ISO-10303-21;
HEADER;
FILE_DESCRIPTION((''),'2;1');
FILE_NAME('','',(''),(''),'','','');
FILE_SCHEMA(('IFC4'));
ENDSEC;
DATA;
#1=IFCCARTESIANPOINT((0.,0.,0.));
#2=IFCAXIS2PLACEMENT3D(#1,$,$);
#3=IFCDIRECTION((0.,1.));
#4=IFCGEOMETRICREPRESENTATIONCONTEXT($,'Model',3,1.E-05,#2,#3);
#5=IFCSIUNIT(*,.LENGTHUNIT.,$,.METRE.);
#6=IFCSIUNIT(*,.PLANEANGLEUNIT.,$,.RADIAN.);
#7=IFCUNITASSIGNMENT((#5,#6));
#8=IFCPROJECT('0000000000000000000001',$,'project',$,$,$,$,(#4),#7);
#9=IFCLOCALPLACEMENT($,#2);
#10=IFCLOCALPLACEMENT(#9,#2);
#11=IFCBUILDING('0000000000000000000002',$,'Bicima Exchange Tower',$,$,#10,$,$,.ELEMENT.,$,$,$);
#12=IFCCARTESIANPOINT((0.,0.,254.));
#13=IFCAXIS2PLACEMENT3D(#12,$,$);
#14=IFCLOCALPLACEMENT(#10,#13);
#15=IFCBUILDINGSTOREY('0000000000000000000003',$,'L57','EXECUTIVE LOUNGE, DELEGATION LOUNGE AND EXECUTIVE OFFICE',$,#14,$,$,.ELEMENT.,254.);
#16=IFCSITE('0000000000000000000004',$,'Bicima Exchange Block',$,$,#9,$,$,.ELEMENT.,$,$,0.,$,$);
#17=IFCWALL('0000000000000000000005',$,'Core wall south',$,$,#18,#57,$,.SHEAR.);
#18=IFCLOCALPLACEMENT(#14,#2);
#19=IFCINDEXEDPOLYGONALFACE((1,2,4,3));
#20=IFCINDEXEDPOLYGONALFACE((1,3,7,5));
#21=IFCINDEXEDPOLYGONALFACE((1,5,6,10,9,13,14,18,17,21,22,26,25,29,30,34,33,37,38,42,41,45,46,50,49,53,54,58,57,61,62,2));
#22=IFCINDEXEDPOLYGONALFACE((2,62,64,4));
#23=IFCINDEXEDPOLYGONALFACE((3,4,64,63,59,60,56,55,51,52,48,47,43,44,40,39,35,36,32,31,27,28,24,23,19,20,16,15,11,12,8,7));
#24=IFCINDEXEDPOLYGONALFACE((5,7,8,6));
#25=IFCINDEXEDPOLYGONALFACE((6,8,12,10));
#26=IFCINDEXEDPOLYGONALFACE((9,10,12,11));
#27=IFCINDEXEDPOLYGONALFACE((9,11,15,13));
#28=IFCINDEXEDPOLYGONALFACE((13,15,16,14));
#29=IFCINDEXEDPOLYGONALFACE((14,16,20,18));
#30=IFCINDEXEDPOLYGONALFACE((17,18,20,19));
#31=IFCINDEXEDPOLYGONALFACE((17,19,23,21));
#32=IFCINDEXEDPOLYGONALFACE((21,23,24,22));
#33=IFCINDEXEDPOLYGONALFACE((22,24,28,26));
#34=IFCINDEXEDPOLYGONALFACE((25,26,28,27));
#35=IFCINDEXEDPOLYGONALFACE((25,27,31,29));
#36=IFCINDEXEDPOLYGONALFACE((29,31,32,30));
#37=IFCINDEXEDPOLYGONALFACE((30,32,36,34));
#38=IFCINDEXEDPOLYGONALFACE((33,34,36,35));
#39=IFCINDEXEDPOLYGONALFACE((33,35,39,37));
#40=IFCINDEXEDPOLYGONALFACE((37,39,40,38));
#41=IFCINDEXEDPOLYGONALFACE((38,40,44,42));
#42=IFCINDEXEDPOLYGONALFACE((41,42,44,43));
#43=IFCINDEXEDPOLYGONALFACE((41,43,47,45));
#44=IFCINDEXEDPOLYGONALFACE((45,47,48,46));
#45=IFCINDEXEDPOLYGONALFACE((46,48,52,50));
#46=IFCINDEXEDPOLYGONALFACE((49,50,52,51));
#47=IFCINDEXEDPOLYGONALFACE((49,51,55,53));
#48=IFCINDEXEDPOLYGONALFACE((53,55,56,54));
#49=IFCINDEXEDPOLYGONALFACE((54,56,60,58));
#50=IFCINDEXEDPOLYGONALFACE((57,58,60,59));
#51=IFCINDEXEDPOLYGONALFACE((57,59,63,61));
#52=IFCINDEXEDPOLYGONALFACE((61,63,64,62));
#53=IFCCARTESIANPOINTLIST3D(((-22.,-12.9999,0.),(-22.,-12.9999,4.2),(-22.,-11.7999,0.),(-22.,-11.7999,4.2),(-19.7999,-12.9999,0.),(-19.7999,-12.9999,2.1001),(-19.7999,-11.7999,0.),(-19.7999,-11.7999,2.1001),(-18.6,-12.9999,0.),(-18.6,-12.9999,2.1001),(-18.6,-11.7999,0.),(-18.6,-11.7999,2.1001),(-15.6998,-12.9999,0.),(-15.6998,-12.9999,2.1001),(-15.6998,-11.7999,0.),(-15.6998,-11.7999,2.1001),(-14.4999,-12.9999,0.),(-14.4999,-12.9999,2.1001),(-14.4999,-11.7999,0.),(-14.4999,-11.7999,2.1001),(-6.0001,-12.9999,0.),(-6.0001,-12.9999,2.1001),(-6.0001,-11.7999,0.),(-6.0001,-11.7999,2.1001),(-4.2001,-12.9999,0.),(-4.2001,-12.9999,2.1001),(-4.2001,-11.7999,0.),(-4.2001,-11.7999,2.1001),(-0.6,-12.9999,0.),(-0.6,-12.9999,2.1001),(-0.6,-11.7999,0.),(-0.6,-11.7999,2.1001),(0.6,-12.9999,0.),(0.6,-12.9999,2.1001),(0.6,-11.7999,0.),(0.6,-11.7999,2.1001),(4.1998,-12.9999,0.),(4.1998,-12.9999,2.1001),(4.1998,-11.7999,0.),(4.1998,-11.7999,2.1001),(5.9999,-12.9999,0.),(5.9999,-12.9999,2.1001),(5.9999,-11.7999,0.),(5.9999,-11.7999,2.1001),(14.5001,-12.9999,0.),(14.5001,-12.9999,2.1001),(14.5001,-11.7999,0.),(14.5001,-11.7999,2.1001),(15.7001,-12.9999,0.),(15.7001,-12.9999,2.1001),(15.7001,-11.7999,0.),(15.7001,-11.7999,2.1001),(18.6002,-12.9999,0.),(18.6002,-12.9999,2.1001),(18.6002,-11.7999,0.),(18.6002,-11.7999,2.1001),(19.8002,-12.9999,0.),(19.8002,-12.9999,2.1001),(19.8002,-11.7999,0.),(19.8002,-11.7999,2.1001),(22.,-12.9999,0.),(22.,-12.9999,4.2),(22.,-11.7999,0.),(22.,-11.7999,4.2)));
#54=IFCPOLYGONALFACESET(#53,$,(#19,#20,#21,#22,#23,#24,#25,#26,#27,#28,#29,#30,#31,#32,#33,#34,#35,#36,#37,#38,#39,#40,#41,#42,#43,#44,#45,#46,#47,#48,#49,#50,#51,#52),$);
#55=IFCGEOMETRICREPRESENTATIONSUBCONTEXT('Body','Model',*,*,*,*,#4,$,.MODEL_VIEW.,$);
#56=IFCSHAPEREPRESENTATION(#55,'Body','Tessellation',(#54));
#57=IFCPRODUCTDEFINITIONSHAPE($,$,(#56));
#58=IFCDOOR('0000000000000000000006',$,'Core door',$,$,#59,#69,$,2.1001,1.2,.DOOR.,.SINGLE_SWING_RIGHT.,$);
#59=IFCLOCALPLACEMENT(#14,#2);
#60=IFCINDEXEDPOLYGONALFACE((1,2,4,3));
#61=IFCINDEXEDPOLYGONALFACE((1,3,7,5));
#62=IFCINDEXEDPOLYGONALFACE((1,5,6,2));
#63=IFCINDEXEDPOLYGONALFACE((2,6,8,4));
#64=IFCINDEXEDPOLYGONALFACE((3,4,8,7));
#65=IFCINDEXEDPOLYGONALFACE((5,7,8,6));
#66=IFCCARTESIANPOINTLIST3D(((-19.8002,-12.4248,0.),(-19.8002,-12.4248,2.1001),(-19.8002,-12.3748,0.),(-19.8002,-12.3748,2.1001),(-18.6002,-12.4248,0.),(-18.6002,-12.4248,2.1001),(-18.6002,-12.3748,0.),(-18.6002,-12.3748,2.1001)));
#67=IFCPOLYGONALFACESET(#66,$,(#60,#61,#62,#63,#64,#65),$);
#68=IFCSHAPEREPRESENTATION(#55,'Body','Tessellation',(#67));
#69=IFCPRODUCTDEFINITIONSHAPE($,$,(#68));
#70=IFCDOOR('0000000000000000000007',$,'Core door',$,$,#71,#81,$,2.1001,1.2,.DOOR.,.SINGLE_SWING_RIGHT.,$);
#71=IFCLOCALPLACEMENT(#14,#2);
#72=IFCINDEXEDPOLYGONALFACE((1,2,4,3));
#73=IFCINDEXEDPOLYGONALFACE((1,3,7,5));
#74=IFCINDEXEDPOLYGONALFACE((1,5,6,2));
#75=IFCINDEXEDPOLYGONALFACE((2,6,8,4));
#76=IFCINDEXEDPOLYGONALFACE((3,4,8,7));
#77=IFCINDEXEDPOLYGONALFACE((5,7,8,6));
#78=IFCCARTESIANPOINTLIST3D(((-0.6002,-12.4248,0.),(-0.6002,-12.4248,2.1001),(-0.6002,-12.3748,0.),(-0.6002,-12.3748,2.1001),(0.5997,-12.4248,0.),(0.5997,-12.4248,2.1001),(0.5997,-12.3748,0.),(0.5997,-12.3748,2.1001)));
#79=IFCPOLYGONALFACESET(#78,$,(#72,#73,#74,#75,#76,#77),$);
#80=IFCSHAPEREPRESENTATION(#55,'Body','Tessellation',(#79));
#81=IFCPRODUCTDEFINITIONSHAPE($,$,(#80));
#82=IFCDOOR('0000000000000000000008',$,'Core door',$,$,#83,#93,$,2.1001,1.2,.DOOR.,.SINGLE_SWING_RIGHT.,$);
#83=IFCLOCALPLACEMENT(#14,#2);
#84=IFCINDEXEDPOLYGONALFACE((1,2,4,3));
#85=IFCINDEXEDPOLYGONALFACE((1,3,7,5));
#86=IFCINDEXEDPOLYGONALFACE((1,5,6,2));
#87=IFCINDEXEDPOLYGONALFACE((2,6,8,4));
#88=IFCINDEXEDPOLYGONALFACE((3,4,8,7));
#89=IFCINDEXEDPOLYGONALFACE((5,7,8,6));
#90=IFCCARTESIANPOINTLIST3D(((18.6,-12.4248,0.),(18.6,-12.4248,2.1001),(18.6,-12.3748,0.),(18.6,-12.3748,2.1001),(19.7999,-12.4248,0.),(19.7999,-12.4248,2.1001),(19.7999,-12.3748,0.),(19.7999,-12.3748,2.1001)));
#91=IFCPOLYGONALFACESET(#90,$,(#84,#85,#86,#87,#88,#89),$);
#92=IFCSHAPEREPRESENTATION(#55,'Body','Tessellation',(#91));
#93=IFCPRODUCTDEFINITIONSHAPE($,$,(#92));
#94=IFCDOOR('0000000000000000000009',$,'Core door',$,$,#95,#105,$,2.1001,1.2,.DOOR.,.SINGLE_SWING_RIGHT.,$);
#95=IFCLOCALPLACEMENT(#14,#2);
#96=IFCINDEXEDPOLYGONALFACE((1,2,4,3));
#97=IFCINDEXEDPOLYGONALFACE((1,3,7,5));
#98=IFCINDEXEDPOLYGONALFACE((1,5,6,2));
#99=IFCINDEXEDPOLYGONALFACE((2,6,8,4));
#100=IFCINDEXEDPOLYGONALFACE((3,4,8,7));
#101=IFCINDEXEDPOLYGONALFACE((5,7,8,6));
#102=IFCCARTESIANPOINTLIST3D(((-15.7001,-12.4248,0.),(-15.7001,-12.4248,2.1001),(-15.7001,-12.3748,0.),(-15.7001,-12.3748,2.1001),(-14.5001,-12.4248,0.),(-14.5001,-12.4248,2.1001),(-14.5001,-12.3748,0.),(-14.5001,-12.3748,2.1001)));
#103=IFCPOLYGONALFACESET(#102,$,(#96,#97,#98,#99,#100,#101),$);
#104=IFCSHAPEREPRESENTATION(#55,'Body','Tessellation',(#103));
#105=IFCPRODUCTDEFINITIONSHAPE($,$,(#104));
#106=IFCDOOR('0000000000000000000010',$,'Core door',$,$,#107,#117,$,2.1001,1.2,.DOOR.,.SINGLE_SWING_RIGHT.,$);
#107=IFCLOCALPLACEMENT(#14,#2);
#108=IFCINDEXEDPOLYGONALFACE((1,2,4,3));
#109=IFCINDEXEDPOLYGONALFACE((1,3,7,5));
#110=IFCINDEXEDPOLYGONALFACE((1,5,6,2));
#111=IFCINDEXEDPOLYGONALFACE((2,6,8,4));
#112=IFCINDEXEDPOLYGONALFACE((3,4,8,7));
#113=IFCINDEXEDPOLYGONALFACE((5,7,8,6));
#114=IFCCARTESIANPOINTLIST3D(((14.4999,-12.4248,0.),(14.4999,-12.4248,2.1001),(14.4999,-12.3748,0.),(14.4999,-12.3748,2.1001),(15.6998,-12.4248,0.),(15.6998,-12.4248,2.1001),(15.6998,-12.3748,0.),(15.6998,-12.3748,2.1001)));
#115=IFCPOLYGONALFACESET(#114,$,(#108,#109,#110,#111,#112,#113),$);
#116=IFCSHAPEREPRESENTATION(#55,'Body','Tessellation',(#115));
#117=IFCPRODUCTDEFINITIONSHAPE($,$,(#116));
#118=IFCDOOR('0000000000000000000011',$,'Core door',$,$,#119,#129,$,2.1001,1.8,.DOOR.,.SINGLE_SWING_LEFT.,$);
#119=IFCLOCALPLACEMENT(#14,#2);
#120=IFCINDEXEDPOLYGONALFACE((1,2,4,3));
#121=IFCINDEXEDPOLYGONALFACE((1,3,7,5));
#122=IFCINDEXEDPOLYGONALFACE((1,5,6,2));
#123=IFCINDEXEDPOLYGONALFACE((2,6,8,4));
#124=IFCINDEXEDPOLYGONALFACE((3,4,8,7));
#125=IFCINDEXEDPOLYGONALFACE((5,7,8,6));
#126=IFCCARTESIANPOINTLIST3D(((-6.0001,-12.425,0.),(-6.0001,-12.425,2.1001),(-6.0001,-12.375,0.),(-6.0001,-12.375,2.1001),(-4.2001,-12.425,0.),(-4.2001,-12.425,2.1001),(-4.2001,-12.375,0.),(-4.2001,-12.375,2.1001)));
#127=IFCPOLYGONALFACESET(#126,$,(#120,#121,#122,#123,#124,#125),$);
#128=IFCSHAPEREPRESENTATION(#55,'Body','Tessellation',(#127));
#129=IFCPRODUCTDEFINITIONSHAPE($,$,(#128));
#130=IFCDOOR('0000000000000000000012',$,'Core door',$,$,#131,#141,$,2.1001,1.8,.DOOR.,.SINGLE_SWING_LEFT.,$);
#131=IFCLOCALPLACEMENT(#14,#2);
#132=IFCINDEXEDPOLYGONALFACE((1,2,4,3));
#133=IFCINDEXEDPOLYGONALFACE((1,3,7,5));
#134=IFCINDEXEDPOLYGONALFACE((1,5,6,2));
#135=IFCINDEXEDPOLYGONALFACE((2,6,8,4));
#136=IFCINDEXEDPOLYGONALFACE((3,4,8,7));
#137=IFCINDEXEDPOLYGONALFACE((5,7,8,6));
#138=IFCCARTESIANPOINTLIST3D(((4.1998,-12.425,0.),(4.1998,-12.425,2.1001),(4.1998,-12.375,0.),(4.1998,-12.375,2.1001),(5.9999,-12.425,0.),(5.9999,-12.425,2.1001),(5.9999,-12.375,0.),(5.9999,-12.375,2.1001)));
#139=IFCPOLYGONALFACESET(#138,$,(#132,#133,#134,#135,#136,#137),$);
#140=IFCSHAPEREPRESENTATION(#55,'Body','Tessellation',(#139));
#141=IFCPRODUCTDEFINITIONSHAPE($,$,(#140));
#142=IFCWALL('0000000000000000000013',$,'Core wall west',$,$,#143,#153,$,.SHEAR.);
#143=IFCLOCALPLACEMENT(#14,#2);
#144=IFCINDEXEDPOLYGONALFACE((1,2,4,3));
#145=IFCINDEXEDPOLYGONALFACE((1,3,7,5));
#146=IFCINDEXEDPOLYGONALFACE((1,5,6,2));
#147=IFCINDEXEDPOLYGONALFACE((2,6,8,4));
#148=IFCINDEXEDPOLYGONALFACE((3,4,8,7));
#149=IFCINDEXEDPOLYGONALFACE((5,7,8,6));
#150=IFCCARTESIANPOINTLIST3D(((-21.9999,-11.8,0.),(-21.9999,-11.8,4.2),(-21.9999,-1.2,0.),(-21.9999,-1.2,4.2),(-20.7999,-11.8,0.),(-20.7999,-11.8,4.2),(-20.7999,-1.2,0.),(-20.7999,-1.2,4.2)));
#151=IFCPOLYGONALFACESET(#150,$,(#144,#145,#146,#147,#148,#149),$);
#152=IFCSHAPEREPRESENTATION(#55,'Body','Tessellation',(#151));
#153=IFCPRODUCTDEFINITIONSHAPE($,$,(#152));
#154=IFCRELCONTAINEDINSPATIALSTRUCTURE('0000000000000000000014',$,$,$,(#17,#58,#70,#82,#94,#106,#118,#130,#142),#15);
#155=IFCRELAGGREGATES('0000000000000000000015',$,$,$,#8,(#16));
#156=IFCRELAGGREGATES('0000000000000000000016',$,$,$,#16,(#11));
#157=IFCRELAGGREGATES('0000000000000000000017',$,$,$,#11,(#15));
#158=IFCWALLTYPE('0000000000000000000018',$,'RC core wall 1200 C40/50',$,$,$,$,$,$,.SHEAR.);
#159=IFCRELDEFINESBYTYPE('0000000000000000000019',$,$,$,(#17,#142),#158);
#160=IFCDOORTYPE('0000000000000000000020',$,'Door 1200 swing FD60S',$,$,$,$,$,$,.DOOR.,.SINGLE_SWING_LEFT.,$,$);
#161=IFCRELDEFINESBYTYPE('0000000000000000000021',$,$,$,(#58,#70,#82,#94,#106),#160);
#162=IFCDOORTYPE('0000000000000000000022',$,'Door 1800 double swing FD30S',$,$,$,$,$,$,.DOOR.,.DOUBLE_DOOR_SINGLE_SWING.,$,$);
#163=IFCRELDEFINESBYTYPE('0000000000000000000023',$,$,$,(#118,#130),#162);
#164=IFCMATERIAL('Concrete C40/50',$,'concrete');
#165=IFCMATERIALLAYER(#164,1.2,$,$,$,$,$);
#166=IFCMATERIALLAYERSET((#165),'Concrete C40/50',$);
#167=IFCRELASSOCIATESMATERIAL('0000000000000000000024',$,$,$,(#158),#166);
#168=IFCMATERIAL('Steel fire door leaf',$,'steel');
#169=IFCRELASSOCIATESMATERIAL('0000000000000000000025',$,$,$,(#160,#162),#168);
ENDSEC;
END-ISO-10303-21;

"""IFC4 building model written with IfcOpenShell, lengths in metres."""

from ifc_helpers import new_model, si_unit, direction, frame, frame_2d, origin, place, context, subcontext, project, spatial, rectangle, extrude, material, layer, layer_set, type_object, element, fill, save


model = new_model("IFC4")

# Units and contexts
model_context = context("Model", 3, precision=1e-05, world=origin(), true_north=direction((0.0, 1.0)))
body_context = subcontext(model_context, "Body", "Model", "MODEL_VIEW")
ifc_project = project(units=[si_unit("LENGTHUNIT", "METRE"), si_unit("PLANEANGLEUNIT", "RADIAN")], contexts=[model_context])

# Site, building, storey
site_placement = place(None, origin())
site = spatial("IfcSite", under=ifc_project, at=site_placement, Name="Bicima Exchange Block", CompositionType="ELEMENT", RefElevation=0.0)
building_placement = place(site_placement, origin())
building = spatial("IfcBuilding", under=site, at=building_placement, Name="Bicima Exchange Tower", CompositionType="ELEMENT")
storey_placement = place(building_placement, frame((0.0, 0.0, 254.0)))
storey = spatial("IfcBuildingStorey", under=building, at=storey_placement, Name="L57", Description="EXECUTIVE LOUNGE, DELEGATION LOUNGE AND EXECUTIVE OFFICE", CompositionType="ELEMENT", Elevation=254.0)

# Wall, openings, doors
ifc_material_1 = material(Name="Concrete C40/50", Category="concrete")
ifc_layer_1 = layer(ifc_material_1, 1.2)
ifc_layer_set_1 = layer_set([ifc_layer_1], Name="Concrete C40/50")
wall_type_1 = type_object("IfcWallType", Name="RC core wall 1200 C40/50", PredefinedType="SHEAR", material=ifc_layer_set_1)
wall_1_placement = place(storey_placement, frame((-22.0, -12.3999, 0.0), z_axis=(0.0, 0.0, 1.0), x_axis=(1.0, 0.0, 0.0)))
wall_1 = element("IfcWall", 1, at=wall_1_placement, inside=storey, type_object=wall_type_1, Name="Core wall south", PredefinedType="SHEAR", context=body_context, shape_type="SweptSolid", body=[
    extrude(rectangle(XDim=44.0, YDim=1.2, at=frame_2d((22.0, 0.0))), origin(), (0.0, 0.0, 1.0), 4.2),
])
opening_1_placement = place(wall_1_placement, frame((2.2, 0.0, 0.0)))
opening_1 = element("IfcOpeningElement", 2, at=opening_1_placement, cuts=wall_1, PredefinedType="OPENING", context=body_context, shape_type="SweptSolid", body=[
    extrude(rectangle(XDim=1.2, YDim=2.1001, at=frame_2d((0.6001, 1.05))), frame((0.0, 0.6118, 0.0), z_axis=(0.0, -1.0, 0.0), x_axis=(1.0, 0.0, 0.0)), (0.0, 0.0, 1.0), 1.2239),
])
opening_2_placement = place(wall_1_placement, frame((21.3999, 0.0, 0.0)))
opening_2 = element("IfcOpeningElement", 3, at=opening_2_placement, cuts=wall_1, PredefinedType="OPENING", context=body_context, shape_type="SweptSolid", body=[
    extrude(rectangle(XDim=1.2, YDim=2.1001, at=frame_2d((0.6001, 1.05))), frame((0.0, 0.6118, 0.0), z_axis=(0.0, -1.0, 0.0), x_axis=(1.0, 0.0, 0.0)), (0.0, 0.0, 1.0), 1.2239),
])
opening_3_placement = place(wall_1_placement, frame((40.6001, 0.0, 0.0)))
opening_3 = element("IfcOpeningElement", 4, at=opening_3_placement, cuts=wall_1, PredefinedType="OPENING", context=body_context, shape_type="SweptSolid", body=[
    extrude(rectangle(XDim=1.2, YDim=2.1001, at=frame_2d((0.6001, 1.05))), frame((0.0, 0.6118, 0.0), z_axis=(0.0, -1.0, 0.0), x_axis=(1.0, 0.0, 0.0)), (0.0, 0.0, 1.0), 1.2239),
])
opening_4_placement = place(wall_1_placement, frame((16.0, 0.0, 0.0)))
opening_4 = element("IfcOpeningElement", 5, at=opening_4_placement, cuts=wall_1, PredefinedType="OPENING", context=body_context, shape_type="SweptSolid", body=[
    extrude(rectangle(XDim=1.8, YDim=2.1001, at=frame_2d((0.8999, 1.05))), frame((0.0, 0.6118, 0.0), z_axis=(0.0, -1.0, 0.0), x_axis=(1.0, 0.0, 0.0)), (0.0, 0.0, 1.0), 1.2239),
])
opening_5_placement = place(wall_1_placement, frame((6.3, 0.0, 0.0)))
opening_5 = element("IfcOpeningElement", 6, at=opening_5_placement, cuts=wall_1, PredefinedType="OPENING", context=body_context, shape_type="SweptSolid", body=[
    extrude(rectangle(XDim=1.2, YDim=2.1001, at=frame_2d((0.6001, 1.05))), frame((0.0, 0.6118, 0.0), z_axis=(0.0, -1.0, 0.0), x_axis=(1.0, 0.0, 0.0)), (0.0, 0.0, 1.0), 1.2239),
])
opening_6_placement = place(wall_1_placement, frame((26.2, 0.0, 0.0)))
opening_6 = element("IfcOpeningElement", 7, at=opening_6_placement, cuts=wall_1, PredefinedType="OPENING", context=body_context, shape_type="SweptSolid", body=[
    extrude(rectangle(XDim=1.8, YDim=2.1001, at=frame_2d((0.8999, 1.05))), frame((0.0, 0.6118, 0.0), z_axis=(0.0, -1.0, 0.0), x_axis=(1.0, 0.0, 0.0)), (0.0, 0.0, 1.0), 1.2239),
])
opening_7_placement = place(wall_1_placement, frame((36.5, 0.0, 0.0)))
opening_7 = element("IfcOpeningElement", 8, at=opening_7_placement, cuts=wall_1, PredefinedType="OPENING", context=body_context, shape_type="SweptSolid", body=[
    extrude(rectangle(XDim=1.2, YDim=2.1001, at=frame_2d((0.6001, 1.05))), frame((0.0, 0.6118, 0.0), z_axis=(0.0, -1.0, 0.0), x_axis=(1.0, 0.0, 0.0)), (0.0, 0.0, 1.0), 1.2239),
])
ifc_material_2 = material(Name="Steel fire door leaf", Category="steel")
door_type_1 = type_object("IfcDoorType", Name="Door 1200 swing FD60S", OperationType="SINGLE_SWING_LEFT", PredefinedType="DOOR", material=ifc_material_2)
door_1_placement = place(opening_1_placement, frame((1.2, 0.0, 0.0), z_axis=(0.0, 0.0, 1.0), x_axis=(-1.0, 0.0, 0.0)))
door_1 = element("IfcDoor", 9, at=door_1_placement, inside=storey, type_object=door_type_1, Name="Core door", OperationType="SINGLE_SWING_RIGHT", OverallHeight=2.1001, OverallWidth=1.2, PredefinedType="DOOR", context=body_context, shape_type="SweptSolid", body=[
    extrude(rectangle(XDim=1.2, YDim=2.1001, at=frame_2d((0.6001, 1.05))), frame((0.0, 0.0249, 0.0), z_axis=(0.0, -1.0, 0.0), x_axis=(1.0, 0.0, 0.0)), (0.0, 0.0, 1.0), 0.05),
])
fill(opening_1, door_1)
door_2_placement = place(opening_2_placement, frame((1.2, 0.0, 0.0), z_axis=(0.0, 0.0, 1.0), x_axis=(-1.0, 0.0, 0.0)))
door_2 = element("IfcDoor", 10, at=door_2_placement, inside=storey, type_object=door_type_1, Name="Core door", OperationType="SINGLE_SWING_RIGHT", OverallHeight=2.1001, OverallWidth=1.2, PredefinedType="DOOR", context=body_context, shape_type="SweptSolid", body=[
    extrude(rectangle(XDim=1.2, YDim=2.1001, at=frame_2d((0.6001, 1.05))), frame((0.0, 0.0249, 0.0), z_axis=(0.0, -1.0, 0.0), x_axis=(1.0, 0.0, 0.0)), (0.0, 0.0, 1.0), 0.05),
])
fill(opening_2, door_2)
door_3_placement = place(opening_3_placement, frame((1.2, 0.0, 0.0), z_axis=(0.0, 0.0, 1.0), x_axis=(-1.0, 0.0, 0.0)))
door_3 = element("IfcDoor", 11, at=door_3_placement, inside=storey, type_object=door_type_1, Name="Core door", OperationType="SINGLE_SWING_RIGHT", OverallHeight=2.1001, OverallWidth=1.2, PredefinedType="DOOR", context=body_context, shape_type="SweptSolid", body=[
    extrude(rectangle(XDim=1.2, YDim=2.1001, at=frame_2d((0.6001, 1.05))), frame((0.0, 0.0249, 0.0), z_axis=(0.0, -1.0, 0.0), x_axis=(1.0, 0.0, 0.0)), (0.0, 0.0, 1.0), 0.05),
])
fill(opening_3, door_3)
door_4_placement = place(opening_5_placement, frame((1.2, 0.0, 0.0), z_axis=(0.0, 0.0, 1.0), x_axis=(-1.0, 0.0, 0.0)))
door_4 = element("IfcDoor", 12, at=door_4_placement, inside=storey, type_object=door_type_1, Name="Core door", OperationType="SINGLE_SWING_RIGHT", OverallHeight=2.1001, OverallWidth=1.2, PredefinedType="DOOR", context=body_context, shape_type="SweptSolid", body=[
    extrude(rectangle(XDim=1.2, YDim=2.1001, at=frame_2d((0.6001, 1.05))), frame((0.0, 0.0249, 0.0), z_axis=(0.0, -1.0, 0.0), x_axis=(1.0, 0.0, 0.0)), (0.0, 0.0, 1.0), 0.05),
])
fill(opening_5, door_4)
door_5_placement = place(opening_7_placement, frame((1.2, 0.0, 0.0), z_axis=(0.0, 0.0, 1.0), x_axis=(-1.0, 0.0, 0.0)))
door_5 = element("IfcDoor", 13, at=door_5_placement, inside=storey, type_object=door_type_1, Name="Core door", OperationType="SINGLE_SWING_RIGHT", OverallHeight=2.1001, OverallWidth=1.2, PredefinedType="DOOR", context=body_context, shape_type="SweptSolid", body=[
    extrude(rectangle(XDim=1.2, YDim=2.1001, at=frame_2d((0.6001, 1.05))), frame((0.0, 0.0249, 0.0), z_axis=(0.0, -1.0, 0.0), x_axis=(1.0, 0.0, 0.0)), (0.0, 0.0, 1.0), 0.05),
])
fill(opening_7, door_5)
door_type_2 = type_object("IfcDoorType", Name="Door 1800 double swing FD30S", OperationType="DOUBLE_DOOR_SINGLE_SWING", PredefinedType="DOOR", material=ifc_material_2)
door_6_placement = place(opening_4_placement, origin())
door_6 = element("IfcDoor", 14, at=door_6_placement, inside=storey, type_object=door_type_2, Name="Core door", OperationType="SINGLE_SWING_LEFT", OverallHeight=2.1001, OverallWidth=1.8, PredefinedType="DOOR", context=body_context, shape_type="SweptSolid", body=[
    extrude(rectangle(XDim=1.8, YDim=2.1001, at=frame_2d((0.8999, 1.05))), frame((0.0, 0.0249, 0.0), z_axis=(0.0, -1.0, 0.0), x_axis=(1.0, 0.0, 0.0)), (0.0, 0.0, 1.0), 0.05),
])
fill(opening_4, door_6)
door_7_placement = place(opening_6_placement, origin())
door_7 = element("IfcDoor", 15, at=door_7_placement, inside=storey, type_object=door_type_2, Name="Core door", OperationType="SINGLE_SWING_LEFT", OverallHeight=2.1001, OverallWidth=1.8, PredefinedType="DOOR", context=body_context, shape_type="SweptSolid", body=[
    extrude(rectangle(XDim=1.8, YDim=2.1001, at=frame_2d((0.8999, 1.05))), frame((0.0, 0.0249, 0.0), z_axis=(0.0, -1.0, 0.0), x_axis=(1.0, 0.0, 0.0)), (0.0, 0.0, 1.0), 0.05),
])
fill(opening_6, door_7)

# Wall
wall_2_placement = place(storey_placement, frame((-21.3999, -11.8, 0.0), z_axis=(0.0, 0.0, 1.0), x_axis=(0.0, 1.0, 0.0)))
element("IfcWall", 16, at=wall_2_placement, inside=storey, type_object=wall_type_1, Name="Core wall west", PredefinedType="SHEAR", context=body_context, shape_type="SweptSolid", body=[
    extrude(rectangle(XDim=10.6001, YDim=1.2, at=frame_2d((5.3, 0.0))), origin(), (0.0, 0.0, 1.0), 4.2),
])

save(model, "model.ifc")
